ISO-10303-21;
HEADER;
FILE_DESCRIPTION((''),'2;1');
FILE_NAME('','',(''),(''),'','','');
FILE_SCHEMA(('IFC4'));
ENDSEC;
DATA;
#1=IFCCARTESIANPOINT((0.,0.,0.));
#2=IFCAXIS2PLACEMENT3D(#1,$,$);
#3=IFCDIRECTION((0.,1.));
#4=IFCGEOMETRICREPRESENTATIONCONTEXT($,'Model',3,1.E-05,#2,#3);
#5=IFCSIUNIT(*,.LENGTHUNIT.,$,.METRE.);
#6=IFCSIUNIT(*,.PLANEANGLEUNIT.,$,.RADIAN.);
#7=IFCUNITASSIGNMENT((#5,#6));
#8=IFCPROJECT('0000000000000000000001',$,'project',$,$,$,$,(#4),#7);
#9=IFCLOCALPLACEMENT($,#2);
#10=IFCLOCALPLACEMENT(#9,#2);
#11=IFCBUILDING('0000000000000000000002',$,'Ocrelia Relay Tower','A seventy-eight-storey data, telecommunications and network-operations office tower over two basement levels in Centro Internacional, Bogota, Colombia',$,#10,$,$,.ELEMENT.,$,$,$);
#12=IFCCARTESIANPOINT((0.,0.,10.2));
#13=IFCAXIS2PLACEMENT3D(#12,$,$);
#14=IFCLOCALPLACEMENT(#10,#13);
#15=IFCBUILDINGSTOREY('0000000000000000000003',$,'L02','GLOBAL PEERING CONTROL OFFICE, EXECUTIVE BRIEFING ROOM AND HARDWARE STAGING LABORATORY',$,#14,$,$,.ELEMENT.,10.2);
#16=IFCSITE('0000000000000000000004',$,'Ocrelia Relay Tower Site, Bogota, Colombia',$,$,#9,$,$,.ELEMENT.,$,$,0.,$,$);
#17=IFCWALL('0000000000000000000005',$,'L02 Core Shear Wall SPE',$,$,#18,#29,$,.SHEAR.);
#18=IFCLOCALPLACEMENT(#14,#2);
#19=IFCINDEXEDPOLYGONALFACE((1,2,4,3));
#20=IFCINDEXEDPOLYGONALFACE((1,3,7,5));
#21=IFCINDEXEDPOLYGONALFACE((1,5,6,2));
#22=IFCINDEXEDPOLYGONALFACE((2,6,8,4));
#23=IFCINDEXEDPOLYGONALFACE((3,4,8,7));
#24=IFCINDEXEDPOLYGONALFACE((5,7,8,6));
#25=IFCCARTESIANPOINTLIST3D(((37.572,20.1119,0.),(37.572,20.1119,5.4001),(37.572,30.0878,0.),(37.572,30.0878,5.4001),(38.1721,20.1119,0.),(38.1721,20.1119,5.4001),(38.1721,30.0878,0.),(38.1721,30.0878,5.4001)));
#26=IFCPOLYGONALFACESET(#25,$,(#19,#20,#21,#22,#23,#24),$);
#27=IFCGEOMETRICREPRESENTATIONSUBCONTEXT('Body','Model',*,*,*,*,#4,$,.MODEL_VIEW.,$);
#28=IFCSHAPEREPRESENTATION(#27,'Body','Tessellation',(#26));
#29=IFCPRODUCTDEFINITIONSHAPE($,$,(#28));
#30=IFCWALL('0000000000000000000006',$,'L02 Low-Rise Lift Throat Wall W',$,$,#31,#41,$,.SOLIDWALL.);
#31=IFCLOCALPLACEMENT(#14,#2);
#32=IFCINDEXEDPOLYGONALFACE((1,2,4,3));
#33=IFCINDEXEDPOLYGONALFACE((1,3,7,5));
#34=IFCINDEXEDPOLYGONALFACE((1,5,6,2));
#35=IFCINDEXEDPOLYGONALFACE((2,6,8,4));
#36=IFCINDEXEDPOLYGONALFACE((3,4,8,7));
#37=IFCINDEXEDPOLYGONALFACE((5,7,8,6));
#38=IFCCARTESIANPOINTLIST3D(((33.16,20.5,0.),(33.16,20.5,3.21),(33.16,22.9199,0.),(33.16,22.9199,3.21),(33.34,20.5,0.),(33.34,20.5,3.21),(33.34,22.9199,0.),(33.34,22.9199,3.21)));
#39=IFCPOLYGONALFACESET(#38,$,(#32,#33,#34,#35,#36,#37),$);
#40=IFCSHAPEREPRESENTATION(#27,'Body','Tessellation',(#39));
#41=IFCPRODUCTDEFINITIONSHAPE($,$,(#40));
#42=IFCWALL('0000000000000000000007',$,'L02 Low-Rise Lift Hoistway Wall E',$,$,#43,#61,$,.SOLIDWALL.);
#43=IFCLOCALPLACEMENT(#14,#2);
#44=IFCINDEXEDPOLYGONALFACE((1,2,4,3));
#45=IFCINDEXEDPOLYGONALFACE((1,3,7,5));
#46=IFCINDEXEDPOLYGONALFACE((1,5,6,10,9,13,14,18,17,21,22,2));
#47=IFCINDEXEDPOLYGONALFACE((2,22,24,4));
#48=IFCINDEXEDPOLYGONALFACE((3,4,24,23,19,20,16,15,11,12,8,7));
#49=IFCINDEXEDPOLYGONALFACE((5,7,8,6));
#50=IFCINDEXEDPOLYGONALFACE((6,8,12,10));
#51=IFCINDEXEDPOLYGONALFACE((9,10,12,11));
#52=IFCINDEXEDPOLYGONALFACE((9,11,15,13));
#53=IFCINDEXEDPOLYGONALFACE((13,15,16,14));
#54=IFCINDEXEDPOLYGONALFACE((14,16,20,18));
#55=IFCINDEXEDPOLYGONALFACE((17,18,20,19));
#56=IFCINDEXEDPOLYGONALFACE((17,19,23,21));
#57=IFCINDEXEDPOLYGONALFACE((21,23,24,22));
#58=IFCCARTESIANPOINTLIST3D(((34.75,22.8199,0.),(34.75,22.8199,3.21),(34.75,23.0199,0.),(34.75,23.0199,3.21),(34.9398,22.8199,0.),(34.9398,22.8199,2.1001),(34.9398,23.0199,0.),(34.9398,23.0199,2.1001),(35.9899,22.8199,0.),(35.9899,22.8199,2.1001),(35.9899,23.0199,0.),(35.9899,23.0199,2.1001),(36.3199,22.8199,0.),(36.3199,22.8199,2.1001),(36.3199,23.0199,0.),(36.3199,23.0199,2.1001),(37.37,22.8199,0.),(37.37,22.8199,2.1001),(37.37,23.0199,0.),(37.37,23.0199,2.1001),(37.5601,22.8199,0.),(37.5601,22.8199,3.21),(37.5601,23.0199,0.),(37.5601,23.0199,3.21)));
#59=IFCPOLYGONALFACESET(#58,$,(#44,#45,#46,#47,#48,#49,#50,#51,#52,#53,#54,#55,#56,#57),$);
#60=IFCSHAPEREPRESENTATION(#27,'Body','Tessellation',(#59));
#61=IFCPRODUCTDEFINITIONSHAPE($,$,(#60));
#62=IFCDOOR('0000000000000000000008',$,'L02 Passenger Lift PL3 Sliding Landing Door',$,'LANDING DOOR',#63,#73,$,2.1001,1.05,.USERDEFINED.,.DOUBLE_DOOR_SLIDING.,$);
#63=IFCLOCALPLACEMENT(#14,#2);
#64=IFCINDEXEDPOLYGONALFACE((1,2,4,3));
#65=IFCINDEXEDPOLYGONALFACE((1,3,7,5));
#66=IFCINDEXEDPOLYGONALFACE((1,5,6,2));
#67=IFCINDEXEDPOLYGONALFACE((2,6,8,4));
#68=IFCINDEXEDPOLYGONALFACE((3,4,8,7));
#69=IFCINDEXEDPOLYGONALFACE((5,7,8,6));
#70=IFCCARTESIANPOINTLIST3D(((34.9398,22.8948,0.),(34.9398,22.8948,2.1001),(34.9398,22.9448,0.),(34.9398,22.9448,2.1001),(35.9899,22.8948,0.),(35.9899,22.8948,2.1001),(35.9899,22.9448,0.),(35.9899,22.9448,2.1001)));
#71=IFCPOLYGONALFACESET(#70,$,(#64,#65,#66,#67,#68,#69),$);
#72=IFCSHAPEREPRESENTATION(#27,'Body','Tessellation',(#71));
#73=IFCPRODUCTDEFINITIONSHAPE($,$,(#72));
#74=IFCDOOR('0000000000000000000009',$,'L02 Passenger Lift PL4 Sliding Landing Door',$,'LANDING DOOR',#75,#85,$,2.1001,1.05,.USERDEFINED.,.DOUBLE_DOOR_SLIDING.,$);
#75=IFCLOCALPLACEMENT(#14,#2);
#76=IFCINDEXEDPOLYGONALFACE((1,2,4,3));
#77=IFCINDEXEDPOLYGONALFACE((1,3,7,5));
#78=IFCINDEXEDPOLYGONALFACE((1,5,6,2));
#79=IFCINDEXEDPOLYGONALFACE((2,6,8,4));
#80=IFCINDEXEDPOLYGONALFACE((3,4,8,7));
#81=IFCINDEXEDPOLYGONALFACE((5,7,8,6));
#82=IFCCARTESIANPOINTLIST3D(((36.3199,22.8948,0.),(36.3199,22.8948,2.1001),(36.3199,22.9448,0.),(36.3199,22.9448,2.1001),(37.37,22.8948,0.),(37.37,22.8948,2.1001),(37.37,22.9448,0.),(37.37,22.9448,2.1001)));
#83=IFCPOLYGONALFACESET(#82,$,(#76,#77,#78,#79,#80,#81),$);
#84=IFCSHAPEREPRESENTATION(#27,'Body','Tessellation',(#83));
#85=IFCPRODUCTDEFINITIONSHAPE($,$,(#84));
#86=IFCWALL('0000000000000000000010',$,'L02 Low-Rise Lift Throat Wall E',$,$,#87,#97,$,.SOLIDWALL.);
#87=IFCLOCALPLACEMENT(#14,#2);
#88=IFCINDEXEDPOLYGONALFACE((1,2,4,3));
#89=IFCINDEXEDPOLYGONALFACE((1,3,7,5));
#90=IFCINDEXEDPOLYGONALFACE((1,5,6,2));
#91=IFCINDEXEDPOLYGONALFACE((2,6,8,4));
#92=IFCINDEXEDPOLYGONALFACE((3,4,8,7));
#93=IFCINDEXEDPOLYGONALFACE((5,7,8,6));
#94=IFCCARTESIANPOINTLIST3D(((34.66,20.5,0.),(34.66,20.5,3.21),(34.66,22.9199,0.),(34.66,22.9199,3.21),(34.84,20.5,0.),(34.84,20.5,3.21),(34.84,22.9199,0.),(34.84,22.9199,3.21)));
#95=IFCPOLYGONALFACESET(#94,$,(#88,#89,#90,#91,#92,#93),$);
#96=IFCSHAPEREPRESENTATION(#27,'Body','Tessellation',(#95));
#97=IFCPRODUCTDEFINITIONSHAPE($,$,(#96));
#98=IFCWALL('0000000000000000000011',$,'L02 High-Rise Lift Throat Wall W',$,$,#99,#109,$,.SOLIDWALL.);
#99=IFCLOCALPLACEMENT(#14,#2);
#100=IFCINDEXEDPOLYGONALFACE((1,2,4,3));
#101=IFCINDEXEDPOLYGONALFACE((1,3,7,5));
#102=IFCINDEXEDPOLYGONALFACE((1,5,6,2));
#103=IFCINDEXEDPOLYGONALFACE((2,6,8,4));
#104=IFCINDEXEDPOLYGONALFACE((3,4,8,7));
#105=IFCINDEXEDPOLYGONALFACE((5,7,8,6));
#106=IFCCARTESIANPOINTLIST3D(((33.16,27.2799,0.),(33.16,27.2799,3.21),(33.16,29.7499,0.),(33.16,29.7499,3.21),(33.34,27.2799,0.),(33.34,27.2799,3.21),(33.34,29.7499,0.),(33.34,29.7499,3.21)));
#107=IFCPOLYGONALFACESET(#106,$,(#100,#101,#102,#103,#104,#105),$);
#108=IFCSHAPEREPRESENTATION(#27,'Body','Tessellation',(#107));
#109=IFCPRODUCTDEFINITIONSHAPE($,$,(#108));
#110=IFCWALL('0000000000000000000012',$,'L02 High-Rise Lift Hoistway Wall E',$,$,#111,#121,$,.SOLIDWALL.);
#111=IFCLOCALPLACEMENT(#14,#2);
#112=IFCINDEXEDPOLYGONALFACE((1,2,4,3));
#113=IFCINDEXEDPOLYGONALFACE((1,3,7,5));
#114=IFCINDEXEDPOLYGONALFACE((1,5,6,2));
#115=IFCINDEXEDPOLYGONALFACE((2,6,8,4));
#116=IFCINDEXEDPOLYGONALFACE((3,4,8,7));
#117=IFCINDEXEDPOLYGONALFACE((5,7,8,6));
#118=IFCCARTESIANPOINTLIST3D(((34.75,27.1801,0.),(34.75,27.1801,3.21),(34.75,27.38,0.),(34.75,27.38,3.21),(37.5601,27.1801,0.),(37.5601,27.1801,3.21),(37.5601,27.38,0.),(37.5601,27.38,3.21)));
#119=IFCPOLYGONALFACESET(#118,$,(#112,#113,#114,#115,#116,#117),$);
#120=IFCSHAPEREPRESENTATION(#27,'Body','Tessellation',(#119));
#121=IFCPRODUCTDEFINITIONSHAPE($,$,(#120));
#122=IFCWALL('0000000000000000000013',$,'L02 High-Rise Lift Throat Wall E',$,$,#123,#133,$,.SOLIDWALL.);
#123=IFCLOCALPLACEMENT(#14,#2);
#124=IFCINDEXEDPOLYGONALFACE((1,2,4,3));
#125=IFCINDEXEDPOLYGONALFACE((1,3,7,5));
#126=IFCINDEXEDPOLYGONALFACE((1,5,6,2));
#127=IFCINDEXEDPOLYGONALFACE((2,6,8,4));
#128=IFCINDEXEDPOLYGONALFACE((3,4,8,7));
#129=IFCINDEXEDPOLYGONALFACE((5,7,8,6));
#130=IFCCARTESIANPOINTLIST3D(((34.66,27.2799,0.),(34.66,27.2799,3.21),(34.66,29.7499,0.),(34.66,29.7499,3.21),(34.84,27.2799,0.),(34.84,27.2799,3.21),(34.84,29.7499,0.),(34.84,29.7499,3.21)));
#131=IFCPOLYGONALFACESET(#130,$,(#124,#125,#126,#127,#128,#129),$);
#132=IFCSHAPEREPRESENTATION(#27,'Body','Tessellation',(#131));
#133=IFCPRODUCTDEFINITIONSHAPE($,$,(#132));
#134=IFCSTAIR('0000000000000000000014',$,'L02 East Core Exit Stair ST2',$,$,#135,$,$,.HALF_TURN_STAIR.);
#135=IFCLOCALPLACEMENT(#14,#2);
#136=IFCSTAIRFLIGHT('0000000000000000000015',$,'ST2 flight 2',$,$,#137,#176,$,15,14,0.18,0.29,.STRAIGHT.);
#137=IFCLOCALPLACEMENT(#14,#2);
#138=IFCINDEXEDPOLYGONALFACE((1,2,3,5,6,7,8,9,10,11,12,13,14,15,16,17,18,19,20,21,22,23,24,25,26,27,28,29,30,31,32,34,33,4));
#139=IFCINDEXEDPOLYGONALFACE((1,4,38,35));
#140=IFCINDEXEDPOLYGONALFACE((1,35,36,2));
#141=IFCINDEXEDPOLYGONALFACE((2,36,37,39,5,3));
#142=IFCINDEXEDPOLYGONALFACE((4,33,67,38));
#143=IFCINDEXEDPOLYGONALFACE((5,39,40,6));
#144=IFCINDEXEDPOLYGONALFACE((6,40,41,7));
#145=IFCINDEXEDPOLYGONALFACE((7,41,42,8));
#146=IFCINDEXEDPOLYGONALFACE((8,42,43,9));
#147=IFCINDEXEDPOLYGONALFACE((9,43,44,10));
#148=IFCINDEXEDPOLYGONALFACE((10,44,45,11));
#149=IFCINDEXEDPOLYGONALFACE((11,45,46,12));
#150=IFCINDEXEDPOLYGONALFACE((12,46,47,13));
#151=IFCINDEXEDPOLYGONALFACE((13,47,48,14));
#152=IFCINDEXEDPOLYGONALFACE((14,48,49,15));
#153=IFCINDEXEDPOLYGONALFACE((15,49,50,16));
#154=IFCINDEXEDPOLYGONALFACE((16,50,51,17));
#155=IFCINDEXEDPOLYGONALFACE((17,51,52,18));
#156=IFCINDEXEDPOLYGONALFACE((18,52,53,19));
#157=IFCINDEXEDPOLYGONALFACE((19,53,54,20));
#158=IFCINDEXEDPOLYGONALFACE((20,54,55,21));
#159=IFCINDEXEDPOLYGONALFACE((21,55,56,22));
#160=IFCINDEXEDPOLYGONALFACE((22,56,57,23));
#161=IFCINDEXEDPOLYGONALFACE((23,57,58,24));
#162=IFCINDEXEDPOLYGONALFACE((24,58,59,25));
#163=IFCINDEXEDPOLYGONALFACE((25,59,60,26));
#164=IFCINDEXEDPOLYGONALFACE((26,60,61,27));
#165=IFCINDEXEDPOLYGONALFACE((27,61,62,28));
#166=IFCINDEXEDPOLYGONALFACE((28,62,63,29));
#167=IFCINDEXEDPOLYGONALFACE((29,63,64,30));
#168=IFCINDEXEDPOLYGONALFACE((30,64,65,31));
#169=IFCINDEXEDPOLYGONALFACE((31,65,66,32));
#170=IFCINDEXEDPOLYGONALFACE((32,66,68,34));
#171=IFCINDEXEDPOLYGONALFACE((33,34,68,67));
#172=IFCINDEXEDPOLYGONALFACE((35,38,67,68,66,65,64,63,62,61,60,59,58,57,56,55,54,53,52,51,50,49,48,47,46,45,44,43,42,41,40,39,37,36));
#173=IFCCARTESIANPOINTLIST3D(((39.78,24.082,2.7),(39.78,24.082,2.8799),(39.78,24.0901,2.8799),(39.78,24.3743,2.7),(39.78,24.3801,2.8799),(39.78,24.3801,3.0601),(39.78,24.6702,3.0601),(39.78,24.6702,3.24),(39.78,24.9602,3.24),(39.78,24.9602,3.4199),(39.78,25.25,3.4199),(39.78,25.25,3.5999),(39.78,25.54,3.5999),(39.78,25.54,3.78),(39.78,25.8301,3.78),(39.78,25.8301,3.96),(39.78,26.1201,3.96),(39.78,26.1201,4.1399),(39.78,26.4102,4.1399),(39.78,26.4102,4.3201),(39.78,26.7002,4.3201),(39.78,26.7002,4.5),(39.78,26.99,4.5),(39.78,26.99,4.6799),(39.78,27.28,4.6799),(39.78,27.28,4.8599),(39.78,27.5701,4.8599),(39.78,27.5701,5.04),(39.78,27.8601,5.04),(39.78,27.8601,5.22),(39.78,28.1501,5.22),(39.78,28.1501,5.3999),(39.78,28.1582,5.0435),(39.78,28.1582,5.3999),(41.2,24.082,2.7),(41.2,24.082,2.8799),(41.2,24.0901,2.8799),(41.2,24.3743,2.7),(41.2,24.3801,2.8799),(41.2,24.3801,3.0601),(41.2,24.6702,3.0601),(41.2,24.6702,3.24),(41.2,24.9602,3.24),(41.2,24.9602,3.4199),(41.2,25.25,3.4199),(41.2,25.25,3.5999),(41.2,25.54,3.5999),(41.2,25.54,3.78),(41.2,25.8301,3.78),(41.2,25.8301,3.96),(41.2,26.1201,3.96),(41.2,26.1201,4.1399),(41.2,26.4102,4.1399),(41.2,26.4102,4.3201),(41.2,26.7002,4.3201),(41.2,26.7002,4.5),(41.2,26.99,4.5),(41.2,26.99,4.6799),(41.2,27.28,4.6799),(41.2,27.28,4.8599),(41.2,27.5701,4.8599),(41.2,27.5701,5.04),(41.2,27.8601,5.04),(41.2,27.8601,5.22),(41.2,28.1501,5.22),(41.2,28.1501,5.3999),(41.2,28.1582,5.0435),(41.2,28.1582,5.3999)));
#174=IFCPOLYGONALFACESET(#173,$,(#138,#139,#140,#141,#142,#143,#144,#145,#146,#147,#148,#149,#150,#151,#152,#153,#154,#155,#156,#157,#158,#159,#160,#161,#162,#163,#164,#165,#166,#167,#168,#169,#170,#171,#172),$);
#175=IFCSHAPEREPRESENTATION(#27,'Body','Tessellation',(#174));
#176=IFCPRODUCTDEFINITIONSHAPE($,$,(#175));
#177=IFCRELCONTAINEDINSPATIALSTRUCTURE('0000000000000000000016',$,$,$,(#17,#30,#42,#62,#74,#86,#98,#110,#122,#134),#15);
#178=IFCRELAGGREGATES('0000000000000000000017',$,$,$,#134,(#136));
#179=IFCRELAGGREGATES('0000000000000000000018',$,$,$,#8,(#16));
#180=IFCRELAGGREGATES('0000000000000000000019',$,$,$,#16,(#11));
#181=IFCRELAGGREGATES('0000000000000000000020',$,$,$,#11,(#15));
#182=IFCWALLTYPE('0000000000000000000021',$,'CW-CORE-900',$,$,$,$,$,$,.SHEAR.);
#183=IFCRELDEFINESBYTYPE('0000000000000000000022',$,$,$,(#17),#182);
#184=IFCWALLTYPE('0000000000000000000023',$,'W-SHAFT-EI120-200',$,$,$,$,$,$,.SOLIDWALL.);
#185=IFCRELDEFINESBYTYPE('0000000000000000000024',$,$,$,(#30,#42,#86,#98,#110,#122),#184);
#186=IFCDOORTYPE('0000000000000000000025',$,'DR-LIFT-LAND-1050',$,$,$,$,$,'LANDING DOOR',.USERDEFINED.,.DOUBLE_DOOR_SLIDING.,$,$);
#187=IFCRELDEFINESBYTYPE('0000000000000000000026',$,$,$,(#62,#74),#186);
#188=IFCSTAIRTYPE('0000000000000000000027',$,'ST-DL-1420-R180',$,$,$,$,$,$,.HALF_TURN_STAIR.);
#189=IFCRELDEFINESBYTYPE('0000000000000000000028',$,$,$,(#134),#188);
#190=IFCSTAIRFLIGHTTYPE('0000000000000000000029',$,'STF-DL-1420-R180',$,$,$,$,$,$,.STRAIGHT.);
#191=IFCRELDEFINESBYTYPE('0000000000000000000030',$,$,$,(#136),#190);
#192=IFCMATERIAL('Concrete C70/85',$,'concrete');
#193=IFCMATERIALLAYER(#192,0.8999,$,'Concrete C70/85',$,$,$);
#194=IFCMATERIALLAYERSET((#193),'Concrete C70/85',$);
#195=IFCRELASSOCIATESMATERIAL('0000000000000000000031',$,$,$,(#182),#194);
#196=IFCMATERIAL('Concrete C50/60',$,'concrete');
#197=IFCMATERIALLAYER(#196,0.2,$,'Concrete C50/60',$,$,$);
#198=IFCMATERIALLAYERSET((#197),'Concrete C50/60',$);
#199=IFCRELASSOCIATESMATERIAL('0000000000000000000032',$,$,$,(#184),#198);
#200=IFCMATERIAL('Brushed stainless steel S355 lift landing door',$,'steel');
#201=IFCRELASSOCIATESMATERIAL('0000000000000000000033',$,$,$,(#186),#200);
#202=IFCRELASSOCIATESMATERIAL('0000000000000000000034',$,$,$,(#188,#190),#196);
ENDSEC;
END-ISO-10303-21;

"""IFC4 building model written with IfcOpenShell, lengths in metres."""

from ifc_helpers import new_model, si_unit, direction, frame, frame_2d, origin, place, context, subcontext, project, spatial, polyline, rectangle, outline, extrude, material, layer, layer_set, type_object, element, fill, aggregate, save


model = new_model("IFC4")

# Units and contexts
model_context = context("Model", 3, precision=1e-05, world=origin(), true_north=direction((0.0, 1.0)))
body_context = subcontext(model_context, "Body", "Model", "MODEL_VIEW")
ifc_project = project(units=[si_unit("LENGTHUNIT", "METRE"), si_unit("PLANEANGLEUNIT", "RADIAN")], contexts=[model_context])

# Site, building, storey
site_placement = place(None, origin())
site = spatial("IfcSite", under=ifc_project, at=site_placement, Name="Ocrelia Relay Tower Site, Bogota, Colombia", CompositionType="ELEMENT", RefElevation=0.0)
building_placement = place(site_placement, origin())
building = spatial("IfcBuilding", under=site, at=building_placement, Name="Ocrelia Relay Tower", Description="A seventy-eight-storey data, telecommunications and network-operations office tower over two basement levels in Centro Internacional, Bogota, Colombia", CompositionType="ELEMENT")
storey_placement = place(building_placement, frame((0.0, 0.0, 10.2)))
storey = spatial("IfcBuildingStorey", under=building, at=storey_placement, Name="L02", Description="GLOBAL PEERING CONTROL OFFICE, EXECUTIVE BRIEFING ROOM AND HARDWARE STAGING LABORATORY", CompositionType="ELEMENT", Elevation=10.2)

# Walls
ifc_material_1 = material(Name="Concrete C70/85", Category="concrete")
ifc_layer_1 = layer(ifc_material_1, 0.8999, Name="Concrete C70/85")
ifc_layer_set_1 = layer_set([ifc_layer_1], Name="Concrete C70/85")
wall_type_1 = type_object("IfcWallType", Name="CW-CORE-900", PredefinedType="SHEAR", material=ifc_layer_set_1)
wall_1_placement = place(storey_placement, frame((37.8721, 20.1121, 0.0), z_axis=(0.0, 0.0, 1.0), x_axis=(0.0, 1.0, 0.0)))
element("IfcWall", 1, at=wall_1_placement, inside=storey, type_object=wall_type_1, Name="L02 Core Shear Wall SPE", PredefinedType="SHEAR", context=body_context, shape_type="SweptSolid", body=[
    extrude(rectangle(XDim=9.9758, YDim=0.6001, at=frame_2d((4.9878, 0.0))), origin(), (0.0, 0.0, 1.0), 5.4001),
])
ifc_material_2 = material(Name="Concrete C50/60", Category="concrete")
ifc_layer_2 = layer(ifc_material_2, 0.2, Name="Concrete C50/60")
ifc_layer_set_2 = layer_set([ifc_layer_2], Name="Concrete C50/60")
wall_type_2 = type_object("IfcWallType", Name="W-SHAFT-EI120-200", PredefinedType="SOLIDWALL", material=ifc_layer_set_2)
wall_2_placement = place(storey_placement, frame((33.25, 20.5, 0.0), z_axis=(0.0, 0.0, 1.0), x_axis=(0.0, 1.0, 0.0)))
element("IfcWall", 2, at=wall_2_placement, inside=storey, type_object=wall_type_2, Name="L02 Low-Rise Lift Throat Wall W", PredefinedType="SOLIDWALL", context=body_context, shape_type="SweptSolid", body=[
    extrude(rectangle(XDim=2.4199, YDim=0.1799, at=frame_2d((1.21, 0.0))), origin(), (0.0, 0.0, 1.0), 3.21),
])

# Wall, openings, doors
wall_3_placement = place(storey_placement, frame((34.75, 22.9199, 0.0), z_axis=(0.0, 0.0, 1.0), x_axis=(1.0, 0.0, 0.0)))
wall_3 = element("IfcWall", 3, at=wall_3_placement, inside=storey, type_object=wall_type_2, Name="L02 Low-Rise Lift Hoistway Wall E", PredefinedType="SOLIDWALL", context=body_context, shape_type="SweptSolid", body=[
    extrude(rectangle(XDim=2.8101, YDim=0.2, at=frame_2d((1.405, 0.0))), origin(), (0.0, 0.0, 1.0), 3.21),
])
opening_1_placement = place(wall_3_placement, frame((0.1899, 0.0, 0.0)))
opening_1 = element("IfcOpeningElement", 4, at=opening_1_placement, cuts=wall_3, PredefinedType="OPENING", context=body_context, shape_type="SweptSolid", body=[
    extrude(rectangle(XDim=1.05, YDim=2.1001, at=frame_2d((0.5249, 1.05))), frame((0.0, 0.1099, 0.0), z_axis=(0.0, -1.0, 0.0), x_axis=(1.0, 0.0, 0.0)), (0.0, 0.0, 1.0), 0.22),
])
opening_2_placement = place(wall_3_placement, frame((1.5701, 0.0, 0.0)))
opening_2 = element("IfcOpeningElement", 5, at=opening_2_placement, cuts=wall_3, PredefinedType="OPENING", context=body_context, shape_type="SweptSolid", body=[
    extrude(rectangle(XDim=1.05, YDim=2.1001, at=frame_2d((0.5249, 1.05))), frame((0.0, 0.1099, 0.0), z_axis=(0.0, -1.0, 0.0), x_axis=(1.0, 0.0, 0.0)), (0.0, 0.0, 1.0), 0.22),
])
ifc_material_3 = material(Name="Brushed stainless steel S355 lift landing door", Category="steel")
door_type = type_object("IfcDoorType", Name="DR-LIFT-LAND-1050", ElementType="LANDING DOOR", OperationType="DOUBLE_DOOR_SLIDING", PredefinedType="USERDEFINED", material=ifc_material_3)
door_1_placement = place(opening_1_placement, origin())
door_1 = element("IfcDoor", 6, at=door_1_placement, inside=storey, type_object=door_type, Name="L02 Passenger Lift PL3 Sliding Landing Door", ObjectType="LANDING DOOR", OperationType="DOUBLE_DOOR_SLIDING", OverallHeight=2.1001, OverallWidth=1.05, PredefinedType="USERDEFINED", context=body_context, shape_type="SweptSolid", body=[
    extrude(rectangle(XDim=1.05, YDim=2.1001, at=frame_2d((0.5249, 1.05))), frame((0.0, 0.0249, 0.0), z_axis=(0.0, -1.0, 0.0), x_axis=(1.0, 0.0, 0.0)), (0.0, 0.0, 1.0), 0.05),
])
fill(opening_1, door_1)
door_2_placement = place(opening_2_placement, origin())
door_2 = element("IfcDoor", 7, at=door_2_placement, inside=storey, type_object=door_type, Name="L02 Passenger Lift PL4 Sliding Landing Door", ObjectType="LANDING DOOR", OperationType="DOUBLE_DOOR_SLIDING", OverallHeight=2.1001, OverallWidth=1.05, PredefinedType="USERDEFINED", context=body_context, shape_type="SweptSolid", body=[
    extrude(rectangle(XDim=1.05, YDim=2.1001, at=frame_2d((0.5249, 1.05))), frame((0.0, 0.0249, 0.0), z_axis=(0.0, -1.0, 0.0), x_axis=(1.0, 0.0, 0.0)), (0.0, 0.0, 1.0), 0.05),
])
fill(opening_2, door_2)

# Walls
wall_4_placement = place(storey_placement, frame((34.75, 20.5, 0.0), z_axis=(0.0, 0.0, 1.0), x_axis=(0.0, 1.0, 0.0)))
element("IfcWall", 8, at=wall_4_placement, inside=storey, type_object=wall_type_2, Name="L02 Low-Rise Lift Throat Wall E", PredefinedType="SOLIDWALL", context=body_context, shape_type="SweptSolid", body=[
    extrude(rectangle(XDim=2.4199, YDim=0.1799, at=frame_2d((1.21, 0.0))), origin(), (0.0, 0.0, 1.0), 3.21),
])
wall_5_placement = place(storey_placement, frame((33.25, 27.28, 0.0), z_axis=(0.0, 0.0, 1.0), x_axis=(0.0, 1.0, 0.0)))
element("IfcWall", 9, at=wall_5_placement, inside=storey, type_object=wall_type_2, Name="L02 High-Rise Lift Throat Wall W", PredefinedType="SOLIDWALL", context=body_context, shape_type="SweptSolid", body=[
    extrude(rectangle(XDim=2.47, YDim=0.1799, at=frame_2d((1.2349, 0.0))), origin(), (0.0, 0.0, 1.0), 3.21),
])
wall_6_placement = place(storey_placement, frame((34.75, 27.28, 0.0), z_axis=(0.0, 0.0, 1.0), x_axis=(1.0, 0.0, 0.0)))
element("IfcWall", 10, at=wall_6_placement, inside=storey, type_object=wall_type_2, Name="L02 High-Rise Lift Hoistway Wall E", PredefinedType="SOLIDWALL", context=body_context, shape_type="SweptSolid", body=[
    extrude(rectangle(XDim=2.8101, YDim=0.2, at=frame_2d((1.405, 0.0))), origin(), (0.0, 0.0, 1.0), 3.21),
])
wall_7_placement = place(storey_placement, frame((34.75, 27.28, 0.0), z_axis=(0.0, 0.0, 1.0), x_axis=(0.0, 1.0, 0.0)))
element("IfcWall", 11, at=wall_7_placement, inside=storey, type_object=wall_type_2, Name="L02 High-Rise Lift Throat Wall E", PredefinedType="SOLIDWALL", context=body_context, shape_type="SweptSolid", body=[
    extrude(rectangle(XDim=2.47, YDim=0.1799, at=frame_2d((1.2349, 0.0))), origin(), (0.0, 0.0, 1.0), 3.21),
])

# Stair, stair flight
stair_type = type_object("IfcStairType", Name="ST-DL-1420-R180", PredefinedType="HALF_TURN_STAIR", material=ifc_material_2)
stair_placement = place(storey_placement, origin())
stair = element("IfcStair", 12, at=stair_placement, inside=storey, type_object=stair_type, Name="L02 East Core Exit Stair ST2", PredefinedType="HALF_TURN_STAIR")
stair_flight_type = type_object("IfcStairFlightType", Name="STF-DL-1420-R180", PredefinedType="STRAIGHT", material=ifc_material_2)
stair_flight_placement = place(storey_placement, frame((40.49, 24.0901, 2.7), z_axis=(0.0, 0.0, 1.0), x_axis=(0.0, 1.0, 0.0)))
stair_flight = element("IfcStairFlight", 13, at=stair_flight_placement, type_object=stair_flight_type, Name="ST2 flight 2", NumberOfRisers=15, NumberOfTreads=14, PredefinedType="STRAIGHT", RiserHeight=0.18, TreadLength=0.29, context=body_context, shape_type="SweptSolid", body=[
    extrude(outline(polyline([(-0.0081, 0.0), (-0.0081, 0.1799), (0.0, 0.1799), (0.29, 0.1799), (0.29, 0.3601), (0.5801, 0.3601), (0.5801, 0.54), (0.8701, 0.54), (0.8701, 0.72), (1.1599, 0.72), (1.1599, 0.8999), (1.45, 0.8999), (1.45, 1.0801), (1.74, 1.0801), (1.74, 1.26), (2.03, 1.26), (2.03, 1.4399), (2.3201, 1.4399), (2.3201, 1.6201), (2.6101, 1.6201), (2.6101, 1.8), (2.8999, 1.8), (2.8999, 1.98), (3.1899, 1.98), (3.1899, 2.1599), (3.48, 2.1599), (3.48, 2.3401), (3.77, 2.3401), (3.77, 2.52), (4.0601, 2.52), (4.0601, 2.7), (4.0681, 2.7), (4.0681, 2.3435), (0.2842, 0.0), (-0.0081, 0.0)])), frame((0.0, 0.71, 0.0), z_axis=(0.0, -1.0, 0.0), x_axis=(1.0, 0.0, 0.0)), (0.0, 0.0, 1.0), 1.4199),
])
aggregate(stair, [stair_flight])

save(model, "model.ifc")
